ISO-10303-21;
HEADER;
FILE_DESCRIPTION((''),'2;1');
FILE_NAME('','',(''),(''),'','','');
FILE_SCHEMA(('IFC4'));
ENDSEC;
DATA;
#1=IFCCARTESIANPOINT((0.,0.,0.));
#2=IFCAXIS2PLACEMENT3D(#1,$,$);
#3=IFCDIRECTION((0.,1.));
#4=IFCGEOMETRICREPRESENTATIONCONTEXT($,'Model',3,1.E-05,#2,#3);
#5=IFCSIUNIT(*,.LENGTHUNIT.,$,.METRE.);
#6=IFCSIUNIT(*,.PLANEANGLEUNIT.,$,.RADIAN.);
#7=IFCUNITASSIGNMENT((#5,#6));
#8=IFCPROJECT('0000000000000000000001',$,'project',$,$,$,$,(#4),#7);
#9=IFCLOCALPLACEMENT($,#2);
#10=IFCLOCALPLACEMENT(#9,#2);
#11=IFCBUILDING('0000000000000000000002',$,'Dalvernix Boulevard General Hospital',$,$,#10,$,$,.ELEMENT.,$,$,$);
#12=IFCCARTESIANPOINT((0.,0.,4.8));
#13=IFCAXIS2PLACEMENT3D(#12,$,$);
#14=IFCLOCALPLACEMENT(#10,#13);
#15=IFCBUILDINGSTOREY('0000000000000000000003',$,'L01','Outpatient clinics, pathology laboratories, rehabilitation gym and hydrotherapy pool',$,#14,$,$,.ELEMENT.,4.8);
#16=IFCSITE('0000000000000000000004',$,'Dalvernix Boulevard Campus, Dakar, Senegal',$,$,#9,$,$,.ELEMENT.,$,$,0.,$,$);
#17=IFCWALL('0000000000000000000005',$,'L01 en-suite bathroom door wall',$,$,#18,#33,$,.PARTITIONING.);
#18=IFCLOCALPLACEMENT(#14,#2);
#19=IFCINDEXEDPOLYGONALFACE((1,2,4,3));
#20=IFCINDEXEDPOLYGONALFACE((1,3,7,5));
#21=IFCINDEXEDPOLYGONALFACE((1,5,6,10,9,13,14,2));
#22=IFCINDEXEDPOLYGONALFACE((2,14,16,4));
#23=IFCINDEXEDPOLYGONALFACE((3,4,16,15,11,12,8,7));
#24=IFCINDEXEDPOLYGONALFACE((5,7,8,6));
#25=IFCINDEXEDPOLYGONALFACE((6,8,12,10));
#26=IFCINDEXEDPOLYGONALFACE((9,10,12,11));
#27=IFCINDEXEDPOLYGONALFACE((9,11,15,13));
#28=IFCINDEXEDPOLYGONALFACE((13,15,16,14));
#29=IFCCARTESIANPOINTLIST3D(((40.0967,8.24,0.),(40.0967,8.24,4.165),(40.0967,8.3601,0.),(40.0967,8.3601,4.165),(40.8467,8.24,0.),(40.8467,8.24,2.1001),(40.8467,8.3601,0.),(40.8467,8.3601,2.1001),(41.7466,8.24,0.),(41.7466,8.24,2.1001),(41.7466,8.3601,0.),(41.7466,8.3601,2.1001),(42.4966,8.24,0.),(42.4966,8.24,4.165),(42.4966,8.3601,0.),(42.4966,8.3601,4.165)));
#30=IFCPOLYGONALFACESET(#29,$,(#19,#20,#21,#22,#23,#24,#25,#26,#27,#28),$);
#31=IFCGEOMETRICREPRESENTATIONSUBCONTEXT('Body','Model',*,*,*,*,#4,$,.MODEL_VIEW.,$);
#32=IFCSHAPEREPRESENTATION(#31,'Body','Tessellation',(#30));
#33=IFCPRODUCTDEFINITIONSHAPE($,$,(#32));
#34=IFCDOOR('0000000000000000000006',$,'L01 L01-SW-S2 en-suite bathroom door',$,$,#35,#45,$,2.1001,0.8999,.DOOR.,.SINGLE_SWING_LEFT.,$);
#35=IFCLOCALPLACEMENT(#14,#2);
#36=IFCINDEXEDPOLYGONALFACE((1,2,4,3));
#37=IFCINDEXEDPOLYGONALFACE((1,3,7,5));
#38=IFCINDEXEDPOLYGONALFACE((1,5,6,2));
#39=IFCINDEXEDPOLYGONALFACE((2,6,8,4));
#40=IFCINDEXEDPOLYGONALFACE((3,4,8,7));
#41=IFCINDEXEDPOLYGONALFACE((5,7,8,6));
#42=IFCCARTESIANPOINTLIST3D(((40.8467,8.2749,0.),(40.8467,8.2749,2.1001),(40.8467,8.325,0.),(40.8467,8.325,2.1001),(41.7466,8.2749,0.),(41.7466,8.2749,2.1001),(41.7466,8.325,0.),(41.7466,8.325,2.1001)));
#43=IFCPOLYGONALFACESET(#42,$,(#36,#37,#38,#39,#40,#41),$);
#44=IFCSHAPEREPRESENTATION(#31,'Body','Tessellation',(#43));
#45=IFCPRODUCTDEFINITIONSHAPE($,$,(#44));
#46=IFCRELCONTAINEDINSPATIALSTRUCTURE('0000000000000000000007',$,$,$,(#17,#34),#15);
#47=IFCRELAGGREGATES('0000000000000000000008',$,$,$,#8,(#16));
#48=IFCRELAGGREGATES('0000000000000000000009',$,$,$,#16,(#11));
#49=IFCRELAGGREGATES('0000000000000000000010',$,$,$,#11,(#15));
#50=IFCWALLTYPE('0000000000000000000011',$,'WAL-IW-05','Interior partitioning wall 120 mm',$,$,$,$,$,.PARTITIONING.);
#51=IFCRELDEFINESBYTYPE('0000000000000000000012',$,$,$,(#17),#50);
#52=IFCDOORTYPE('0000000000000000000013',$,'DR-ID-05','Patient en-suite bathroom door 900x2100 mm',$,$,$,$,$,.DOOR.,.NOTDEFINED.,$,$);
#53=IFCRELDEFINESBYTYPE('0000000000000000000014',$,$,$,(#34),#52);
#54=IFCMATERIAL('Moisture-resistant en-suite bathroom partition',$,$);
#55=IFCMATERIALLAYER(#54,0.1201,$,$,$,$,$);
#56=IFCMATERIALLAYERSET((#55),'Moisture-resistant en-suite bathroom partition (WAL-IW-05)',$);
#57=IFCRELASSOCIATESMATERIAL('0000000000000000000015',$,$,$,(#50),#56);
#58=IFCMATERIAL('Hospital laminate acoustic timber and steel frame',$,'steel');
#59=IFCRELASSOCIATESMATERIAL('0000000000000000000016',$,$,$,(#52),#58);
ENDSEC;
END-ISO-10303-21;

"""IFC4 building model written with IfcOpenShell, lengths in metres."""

from ifc_helpers import new_model, si_unit, direction, frame, frame_2d, origin, place, context, subcontext, project, spatial, rectangle, extrude, material, layer, layer_set, type_object, element, fill, save


model = new_model("IFC4")

# Units and contexts
model_context = context("Model", 3, precision=1e-05, world=origin(), true_north=direction((0.0, 1.0)))
body_context = subcontext(model_context, "Body", "Model", "MODEL_VIEW")
ifc_project = project(units=[si_unit("LENGTHUNIT", "METRE"), si_unit("PLANEANGLEUNIT", "RADIAN")], contexts=[model_context])

# Site, building, storey
site_placement = place(None, origin())
site = spatial("IfcSite", under=ifc_project, at=site_placement, Name="Dalvernix Boulevard Campus, Dakar, Senegal", CompositionType="ELEMENT", RefElevation=0.0)
building_placement = place(site_placement, origin())
building = spatial("IfcBuilding", under=site, at=building_placement, Name="Dalvernix Boulevard General Hospital", CompositionType="ELEMENT")
storey_placement = place(building_placement, frame((0.0, 0.0, 4.8)))
storey = spatial("IfcBuildingStorey", under=building, at=storey_placement, Name="L01", Description="Outpatient clinics, pathology laboratories, rehabilitation gym and hydrotherapy pool", CompositionType="ELEMENT", Elevation=4.8)

# Wall, opening, door
ifc_material_1 = material(Name="Moisture-resistant en-suite bathroom partition")
ifc_layer_1 = layer(ifc_material_1, 0.1201)
ifc_layer_set_1 = layer_set([ifc_layer_1], Name="Moisture-resistant en-suite bathroom partition (WAL-IW-05)")
wall_type_1 = type_object("IfcWallType", Name="WAL-IW-05", Description="Interior partitioning wall 120 mm", PredefinedType="PARTITIONING", material=ifc_layer_set_1)
wall_1_placement = place(storey_placement, frame((40.0967, 8.3, 0.0), z_axis=(0.0, 0.0, 1.0), x_axis=(1.0, 0.0, 0.0)))
wall_1 = element("IfcWall", 1, at=wall_1_placement, inside=storey, type_object=wall_type_1, Name="L01 en-suite bathroom door wall", PredefinedType="PARTITIONING", context=body_context, shape_type="SweptSolid", body=[
    extrude(rectangle(XDim=2.3999, YDim=0.1201, at=frame_2d((1.2, 0.0))), origin(), (0.0, 0.0, 1.0), 4.165),
])
opening_1_placement = place(wall_1_placement, frame((0.75, 0.0, 0.0)))
opening_1 = element("IfcOpeningElement", 2, at=opening_1_placement, cuts=wall_1, PredefinedType="OPENING", context=body_context, shape_type="SweptSolid", body=[
    extrude(rectangle(XDim=0.8999, YDim=2.1001, at=frame_2d((0.45, 1.05))), frame((0.0, 0.0701, 0.0), z_axis=(0.0, -1.0, 0.0), x_axis=(1.0, 0.0, 0.0)), (0.0, 0.0, 1.0), 0.1401),
])
ifc_material_2 = material(Name="Hospital laminate acoustic timber and steel frame", Category="steel")
door_type = type_object("IfcDoorType", Name="DR-ID-05", Description="Patient en-suite bathroom door 900x2100 mm", OperationType="NOTDEFINED", PredefinedType="DOOR", material=ifc_material_2)
door_placement = place(opening_1_placement, origin())
door = element("IfcDoor", 3, at=door_placement, inside=storey, type_object=door_type, Name="L01 L01-SW-S2 en-suite bathroom door", OperationType="SINGLE_SWING_LEFT", OverallHeight=2.1001, OverallWidth=0.8999, PredefinedType="DOOR", context=body_context, shape_type="SweptSolid", body=[
    extrude(rectangle(XDim=0.8999, YDim=2.1001, at=frame_2d((0.45, 1.05))), frame((0.0, 0.0249, 0.0), z_axis=(0.0, -1.0, 0.0), x_axis=(1.0, 0.0, 0.0)), (0.0, 0.0, 1.0), 0.05),
])
fill(opening_1, door)

save(model, "model.ifc")
